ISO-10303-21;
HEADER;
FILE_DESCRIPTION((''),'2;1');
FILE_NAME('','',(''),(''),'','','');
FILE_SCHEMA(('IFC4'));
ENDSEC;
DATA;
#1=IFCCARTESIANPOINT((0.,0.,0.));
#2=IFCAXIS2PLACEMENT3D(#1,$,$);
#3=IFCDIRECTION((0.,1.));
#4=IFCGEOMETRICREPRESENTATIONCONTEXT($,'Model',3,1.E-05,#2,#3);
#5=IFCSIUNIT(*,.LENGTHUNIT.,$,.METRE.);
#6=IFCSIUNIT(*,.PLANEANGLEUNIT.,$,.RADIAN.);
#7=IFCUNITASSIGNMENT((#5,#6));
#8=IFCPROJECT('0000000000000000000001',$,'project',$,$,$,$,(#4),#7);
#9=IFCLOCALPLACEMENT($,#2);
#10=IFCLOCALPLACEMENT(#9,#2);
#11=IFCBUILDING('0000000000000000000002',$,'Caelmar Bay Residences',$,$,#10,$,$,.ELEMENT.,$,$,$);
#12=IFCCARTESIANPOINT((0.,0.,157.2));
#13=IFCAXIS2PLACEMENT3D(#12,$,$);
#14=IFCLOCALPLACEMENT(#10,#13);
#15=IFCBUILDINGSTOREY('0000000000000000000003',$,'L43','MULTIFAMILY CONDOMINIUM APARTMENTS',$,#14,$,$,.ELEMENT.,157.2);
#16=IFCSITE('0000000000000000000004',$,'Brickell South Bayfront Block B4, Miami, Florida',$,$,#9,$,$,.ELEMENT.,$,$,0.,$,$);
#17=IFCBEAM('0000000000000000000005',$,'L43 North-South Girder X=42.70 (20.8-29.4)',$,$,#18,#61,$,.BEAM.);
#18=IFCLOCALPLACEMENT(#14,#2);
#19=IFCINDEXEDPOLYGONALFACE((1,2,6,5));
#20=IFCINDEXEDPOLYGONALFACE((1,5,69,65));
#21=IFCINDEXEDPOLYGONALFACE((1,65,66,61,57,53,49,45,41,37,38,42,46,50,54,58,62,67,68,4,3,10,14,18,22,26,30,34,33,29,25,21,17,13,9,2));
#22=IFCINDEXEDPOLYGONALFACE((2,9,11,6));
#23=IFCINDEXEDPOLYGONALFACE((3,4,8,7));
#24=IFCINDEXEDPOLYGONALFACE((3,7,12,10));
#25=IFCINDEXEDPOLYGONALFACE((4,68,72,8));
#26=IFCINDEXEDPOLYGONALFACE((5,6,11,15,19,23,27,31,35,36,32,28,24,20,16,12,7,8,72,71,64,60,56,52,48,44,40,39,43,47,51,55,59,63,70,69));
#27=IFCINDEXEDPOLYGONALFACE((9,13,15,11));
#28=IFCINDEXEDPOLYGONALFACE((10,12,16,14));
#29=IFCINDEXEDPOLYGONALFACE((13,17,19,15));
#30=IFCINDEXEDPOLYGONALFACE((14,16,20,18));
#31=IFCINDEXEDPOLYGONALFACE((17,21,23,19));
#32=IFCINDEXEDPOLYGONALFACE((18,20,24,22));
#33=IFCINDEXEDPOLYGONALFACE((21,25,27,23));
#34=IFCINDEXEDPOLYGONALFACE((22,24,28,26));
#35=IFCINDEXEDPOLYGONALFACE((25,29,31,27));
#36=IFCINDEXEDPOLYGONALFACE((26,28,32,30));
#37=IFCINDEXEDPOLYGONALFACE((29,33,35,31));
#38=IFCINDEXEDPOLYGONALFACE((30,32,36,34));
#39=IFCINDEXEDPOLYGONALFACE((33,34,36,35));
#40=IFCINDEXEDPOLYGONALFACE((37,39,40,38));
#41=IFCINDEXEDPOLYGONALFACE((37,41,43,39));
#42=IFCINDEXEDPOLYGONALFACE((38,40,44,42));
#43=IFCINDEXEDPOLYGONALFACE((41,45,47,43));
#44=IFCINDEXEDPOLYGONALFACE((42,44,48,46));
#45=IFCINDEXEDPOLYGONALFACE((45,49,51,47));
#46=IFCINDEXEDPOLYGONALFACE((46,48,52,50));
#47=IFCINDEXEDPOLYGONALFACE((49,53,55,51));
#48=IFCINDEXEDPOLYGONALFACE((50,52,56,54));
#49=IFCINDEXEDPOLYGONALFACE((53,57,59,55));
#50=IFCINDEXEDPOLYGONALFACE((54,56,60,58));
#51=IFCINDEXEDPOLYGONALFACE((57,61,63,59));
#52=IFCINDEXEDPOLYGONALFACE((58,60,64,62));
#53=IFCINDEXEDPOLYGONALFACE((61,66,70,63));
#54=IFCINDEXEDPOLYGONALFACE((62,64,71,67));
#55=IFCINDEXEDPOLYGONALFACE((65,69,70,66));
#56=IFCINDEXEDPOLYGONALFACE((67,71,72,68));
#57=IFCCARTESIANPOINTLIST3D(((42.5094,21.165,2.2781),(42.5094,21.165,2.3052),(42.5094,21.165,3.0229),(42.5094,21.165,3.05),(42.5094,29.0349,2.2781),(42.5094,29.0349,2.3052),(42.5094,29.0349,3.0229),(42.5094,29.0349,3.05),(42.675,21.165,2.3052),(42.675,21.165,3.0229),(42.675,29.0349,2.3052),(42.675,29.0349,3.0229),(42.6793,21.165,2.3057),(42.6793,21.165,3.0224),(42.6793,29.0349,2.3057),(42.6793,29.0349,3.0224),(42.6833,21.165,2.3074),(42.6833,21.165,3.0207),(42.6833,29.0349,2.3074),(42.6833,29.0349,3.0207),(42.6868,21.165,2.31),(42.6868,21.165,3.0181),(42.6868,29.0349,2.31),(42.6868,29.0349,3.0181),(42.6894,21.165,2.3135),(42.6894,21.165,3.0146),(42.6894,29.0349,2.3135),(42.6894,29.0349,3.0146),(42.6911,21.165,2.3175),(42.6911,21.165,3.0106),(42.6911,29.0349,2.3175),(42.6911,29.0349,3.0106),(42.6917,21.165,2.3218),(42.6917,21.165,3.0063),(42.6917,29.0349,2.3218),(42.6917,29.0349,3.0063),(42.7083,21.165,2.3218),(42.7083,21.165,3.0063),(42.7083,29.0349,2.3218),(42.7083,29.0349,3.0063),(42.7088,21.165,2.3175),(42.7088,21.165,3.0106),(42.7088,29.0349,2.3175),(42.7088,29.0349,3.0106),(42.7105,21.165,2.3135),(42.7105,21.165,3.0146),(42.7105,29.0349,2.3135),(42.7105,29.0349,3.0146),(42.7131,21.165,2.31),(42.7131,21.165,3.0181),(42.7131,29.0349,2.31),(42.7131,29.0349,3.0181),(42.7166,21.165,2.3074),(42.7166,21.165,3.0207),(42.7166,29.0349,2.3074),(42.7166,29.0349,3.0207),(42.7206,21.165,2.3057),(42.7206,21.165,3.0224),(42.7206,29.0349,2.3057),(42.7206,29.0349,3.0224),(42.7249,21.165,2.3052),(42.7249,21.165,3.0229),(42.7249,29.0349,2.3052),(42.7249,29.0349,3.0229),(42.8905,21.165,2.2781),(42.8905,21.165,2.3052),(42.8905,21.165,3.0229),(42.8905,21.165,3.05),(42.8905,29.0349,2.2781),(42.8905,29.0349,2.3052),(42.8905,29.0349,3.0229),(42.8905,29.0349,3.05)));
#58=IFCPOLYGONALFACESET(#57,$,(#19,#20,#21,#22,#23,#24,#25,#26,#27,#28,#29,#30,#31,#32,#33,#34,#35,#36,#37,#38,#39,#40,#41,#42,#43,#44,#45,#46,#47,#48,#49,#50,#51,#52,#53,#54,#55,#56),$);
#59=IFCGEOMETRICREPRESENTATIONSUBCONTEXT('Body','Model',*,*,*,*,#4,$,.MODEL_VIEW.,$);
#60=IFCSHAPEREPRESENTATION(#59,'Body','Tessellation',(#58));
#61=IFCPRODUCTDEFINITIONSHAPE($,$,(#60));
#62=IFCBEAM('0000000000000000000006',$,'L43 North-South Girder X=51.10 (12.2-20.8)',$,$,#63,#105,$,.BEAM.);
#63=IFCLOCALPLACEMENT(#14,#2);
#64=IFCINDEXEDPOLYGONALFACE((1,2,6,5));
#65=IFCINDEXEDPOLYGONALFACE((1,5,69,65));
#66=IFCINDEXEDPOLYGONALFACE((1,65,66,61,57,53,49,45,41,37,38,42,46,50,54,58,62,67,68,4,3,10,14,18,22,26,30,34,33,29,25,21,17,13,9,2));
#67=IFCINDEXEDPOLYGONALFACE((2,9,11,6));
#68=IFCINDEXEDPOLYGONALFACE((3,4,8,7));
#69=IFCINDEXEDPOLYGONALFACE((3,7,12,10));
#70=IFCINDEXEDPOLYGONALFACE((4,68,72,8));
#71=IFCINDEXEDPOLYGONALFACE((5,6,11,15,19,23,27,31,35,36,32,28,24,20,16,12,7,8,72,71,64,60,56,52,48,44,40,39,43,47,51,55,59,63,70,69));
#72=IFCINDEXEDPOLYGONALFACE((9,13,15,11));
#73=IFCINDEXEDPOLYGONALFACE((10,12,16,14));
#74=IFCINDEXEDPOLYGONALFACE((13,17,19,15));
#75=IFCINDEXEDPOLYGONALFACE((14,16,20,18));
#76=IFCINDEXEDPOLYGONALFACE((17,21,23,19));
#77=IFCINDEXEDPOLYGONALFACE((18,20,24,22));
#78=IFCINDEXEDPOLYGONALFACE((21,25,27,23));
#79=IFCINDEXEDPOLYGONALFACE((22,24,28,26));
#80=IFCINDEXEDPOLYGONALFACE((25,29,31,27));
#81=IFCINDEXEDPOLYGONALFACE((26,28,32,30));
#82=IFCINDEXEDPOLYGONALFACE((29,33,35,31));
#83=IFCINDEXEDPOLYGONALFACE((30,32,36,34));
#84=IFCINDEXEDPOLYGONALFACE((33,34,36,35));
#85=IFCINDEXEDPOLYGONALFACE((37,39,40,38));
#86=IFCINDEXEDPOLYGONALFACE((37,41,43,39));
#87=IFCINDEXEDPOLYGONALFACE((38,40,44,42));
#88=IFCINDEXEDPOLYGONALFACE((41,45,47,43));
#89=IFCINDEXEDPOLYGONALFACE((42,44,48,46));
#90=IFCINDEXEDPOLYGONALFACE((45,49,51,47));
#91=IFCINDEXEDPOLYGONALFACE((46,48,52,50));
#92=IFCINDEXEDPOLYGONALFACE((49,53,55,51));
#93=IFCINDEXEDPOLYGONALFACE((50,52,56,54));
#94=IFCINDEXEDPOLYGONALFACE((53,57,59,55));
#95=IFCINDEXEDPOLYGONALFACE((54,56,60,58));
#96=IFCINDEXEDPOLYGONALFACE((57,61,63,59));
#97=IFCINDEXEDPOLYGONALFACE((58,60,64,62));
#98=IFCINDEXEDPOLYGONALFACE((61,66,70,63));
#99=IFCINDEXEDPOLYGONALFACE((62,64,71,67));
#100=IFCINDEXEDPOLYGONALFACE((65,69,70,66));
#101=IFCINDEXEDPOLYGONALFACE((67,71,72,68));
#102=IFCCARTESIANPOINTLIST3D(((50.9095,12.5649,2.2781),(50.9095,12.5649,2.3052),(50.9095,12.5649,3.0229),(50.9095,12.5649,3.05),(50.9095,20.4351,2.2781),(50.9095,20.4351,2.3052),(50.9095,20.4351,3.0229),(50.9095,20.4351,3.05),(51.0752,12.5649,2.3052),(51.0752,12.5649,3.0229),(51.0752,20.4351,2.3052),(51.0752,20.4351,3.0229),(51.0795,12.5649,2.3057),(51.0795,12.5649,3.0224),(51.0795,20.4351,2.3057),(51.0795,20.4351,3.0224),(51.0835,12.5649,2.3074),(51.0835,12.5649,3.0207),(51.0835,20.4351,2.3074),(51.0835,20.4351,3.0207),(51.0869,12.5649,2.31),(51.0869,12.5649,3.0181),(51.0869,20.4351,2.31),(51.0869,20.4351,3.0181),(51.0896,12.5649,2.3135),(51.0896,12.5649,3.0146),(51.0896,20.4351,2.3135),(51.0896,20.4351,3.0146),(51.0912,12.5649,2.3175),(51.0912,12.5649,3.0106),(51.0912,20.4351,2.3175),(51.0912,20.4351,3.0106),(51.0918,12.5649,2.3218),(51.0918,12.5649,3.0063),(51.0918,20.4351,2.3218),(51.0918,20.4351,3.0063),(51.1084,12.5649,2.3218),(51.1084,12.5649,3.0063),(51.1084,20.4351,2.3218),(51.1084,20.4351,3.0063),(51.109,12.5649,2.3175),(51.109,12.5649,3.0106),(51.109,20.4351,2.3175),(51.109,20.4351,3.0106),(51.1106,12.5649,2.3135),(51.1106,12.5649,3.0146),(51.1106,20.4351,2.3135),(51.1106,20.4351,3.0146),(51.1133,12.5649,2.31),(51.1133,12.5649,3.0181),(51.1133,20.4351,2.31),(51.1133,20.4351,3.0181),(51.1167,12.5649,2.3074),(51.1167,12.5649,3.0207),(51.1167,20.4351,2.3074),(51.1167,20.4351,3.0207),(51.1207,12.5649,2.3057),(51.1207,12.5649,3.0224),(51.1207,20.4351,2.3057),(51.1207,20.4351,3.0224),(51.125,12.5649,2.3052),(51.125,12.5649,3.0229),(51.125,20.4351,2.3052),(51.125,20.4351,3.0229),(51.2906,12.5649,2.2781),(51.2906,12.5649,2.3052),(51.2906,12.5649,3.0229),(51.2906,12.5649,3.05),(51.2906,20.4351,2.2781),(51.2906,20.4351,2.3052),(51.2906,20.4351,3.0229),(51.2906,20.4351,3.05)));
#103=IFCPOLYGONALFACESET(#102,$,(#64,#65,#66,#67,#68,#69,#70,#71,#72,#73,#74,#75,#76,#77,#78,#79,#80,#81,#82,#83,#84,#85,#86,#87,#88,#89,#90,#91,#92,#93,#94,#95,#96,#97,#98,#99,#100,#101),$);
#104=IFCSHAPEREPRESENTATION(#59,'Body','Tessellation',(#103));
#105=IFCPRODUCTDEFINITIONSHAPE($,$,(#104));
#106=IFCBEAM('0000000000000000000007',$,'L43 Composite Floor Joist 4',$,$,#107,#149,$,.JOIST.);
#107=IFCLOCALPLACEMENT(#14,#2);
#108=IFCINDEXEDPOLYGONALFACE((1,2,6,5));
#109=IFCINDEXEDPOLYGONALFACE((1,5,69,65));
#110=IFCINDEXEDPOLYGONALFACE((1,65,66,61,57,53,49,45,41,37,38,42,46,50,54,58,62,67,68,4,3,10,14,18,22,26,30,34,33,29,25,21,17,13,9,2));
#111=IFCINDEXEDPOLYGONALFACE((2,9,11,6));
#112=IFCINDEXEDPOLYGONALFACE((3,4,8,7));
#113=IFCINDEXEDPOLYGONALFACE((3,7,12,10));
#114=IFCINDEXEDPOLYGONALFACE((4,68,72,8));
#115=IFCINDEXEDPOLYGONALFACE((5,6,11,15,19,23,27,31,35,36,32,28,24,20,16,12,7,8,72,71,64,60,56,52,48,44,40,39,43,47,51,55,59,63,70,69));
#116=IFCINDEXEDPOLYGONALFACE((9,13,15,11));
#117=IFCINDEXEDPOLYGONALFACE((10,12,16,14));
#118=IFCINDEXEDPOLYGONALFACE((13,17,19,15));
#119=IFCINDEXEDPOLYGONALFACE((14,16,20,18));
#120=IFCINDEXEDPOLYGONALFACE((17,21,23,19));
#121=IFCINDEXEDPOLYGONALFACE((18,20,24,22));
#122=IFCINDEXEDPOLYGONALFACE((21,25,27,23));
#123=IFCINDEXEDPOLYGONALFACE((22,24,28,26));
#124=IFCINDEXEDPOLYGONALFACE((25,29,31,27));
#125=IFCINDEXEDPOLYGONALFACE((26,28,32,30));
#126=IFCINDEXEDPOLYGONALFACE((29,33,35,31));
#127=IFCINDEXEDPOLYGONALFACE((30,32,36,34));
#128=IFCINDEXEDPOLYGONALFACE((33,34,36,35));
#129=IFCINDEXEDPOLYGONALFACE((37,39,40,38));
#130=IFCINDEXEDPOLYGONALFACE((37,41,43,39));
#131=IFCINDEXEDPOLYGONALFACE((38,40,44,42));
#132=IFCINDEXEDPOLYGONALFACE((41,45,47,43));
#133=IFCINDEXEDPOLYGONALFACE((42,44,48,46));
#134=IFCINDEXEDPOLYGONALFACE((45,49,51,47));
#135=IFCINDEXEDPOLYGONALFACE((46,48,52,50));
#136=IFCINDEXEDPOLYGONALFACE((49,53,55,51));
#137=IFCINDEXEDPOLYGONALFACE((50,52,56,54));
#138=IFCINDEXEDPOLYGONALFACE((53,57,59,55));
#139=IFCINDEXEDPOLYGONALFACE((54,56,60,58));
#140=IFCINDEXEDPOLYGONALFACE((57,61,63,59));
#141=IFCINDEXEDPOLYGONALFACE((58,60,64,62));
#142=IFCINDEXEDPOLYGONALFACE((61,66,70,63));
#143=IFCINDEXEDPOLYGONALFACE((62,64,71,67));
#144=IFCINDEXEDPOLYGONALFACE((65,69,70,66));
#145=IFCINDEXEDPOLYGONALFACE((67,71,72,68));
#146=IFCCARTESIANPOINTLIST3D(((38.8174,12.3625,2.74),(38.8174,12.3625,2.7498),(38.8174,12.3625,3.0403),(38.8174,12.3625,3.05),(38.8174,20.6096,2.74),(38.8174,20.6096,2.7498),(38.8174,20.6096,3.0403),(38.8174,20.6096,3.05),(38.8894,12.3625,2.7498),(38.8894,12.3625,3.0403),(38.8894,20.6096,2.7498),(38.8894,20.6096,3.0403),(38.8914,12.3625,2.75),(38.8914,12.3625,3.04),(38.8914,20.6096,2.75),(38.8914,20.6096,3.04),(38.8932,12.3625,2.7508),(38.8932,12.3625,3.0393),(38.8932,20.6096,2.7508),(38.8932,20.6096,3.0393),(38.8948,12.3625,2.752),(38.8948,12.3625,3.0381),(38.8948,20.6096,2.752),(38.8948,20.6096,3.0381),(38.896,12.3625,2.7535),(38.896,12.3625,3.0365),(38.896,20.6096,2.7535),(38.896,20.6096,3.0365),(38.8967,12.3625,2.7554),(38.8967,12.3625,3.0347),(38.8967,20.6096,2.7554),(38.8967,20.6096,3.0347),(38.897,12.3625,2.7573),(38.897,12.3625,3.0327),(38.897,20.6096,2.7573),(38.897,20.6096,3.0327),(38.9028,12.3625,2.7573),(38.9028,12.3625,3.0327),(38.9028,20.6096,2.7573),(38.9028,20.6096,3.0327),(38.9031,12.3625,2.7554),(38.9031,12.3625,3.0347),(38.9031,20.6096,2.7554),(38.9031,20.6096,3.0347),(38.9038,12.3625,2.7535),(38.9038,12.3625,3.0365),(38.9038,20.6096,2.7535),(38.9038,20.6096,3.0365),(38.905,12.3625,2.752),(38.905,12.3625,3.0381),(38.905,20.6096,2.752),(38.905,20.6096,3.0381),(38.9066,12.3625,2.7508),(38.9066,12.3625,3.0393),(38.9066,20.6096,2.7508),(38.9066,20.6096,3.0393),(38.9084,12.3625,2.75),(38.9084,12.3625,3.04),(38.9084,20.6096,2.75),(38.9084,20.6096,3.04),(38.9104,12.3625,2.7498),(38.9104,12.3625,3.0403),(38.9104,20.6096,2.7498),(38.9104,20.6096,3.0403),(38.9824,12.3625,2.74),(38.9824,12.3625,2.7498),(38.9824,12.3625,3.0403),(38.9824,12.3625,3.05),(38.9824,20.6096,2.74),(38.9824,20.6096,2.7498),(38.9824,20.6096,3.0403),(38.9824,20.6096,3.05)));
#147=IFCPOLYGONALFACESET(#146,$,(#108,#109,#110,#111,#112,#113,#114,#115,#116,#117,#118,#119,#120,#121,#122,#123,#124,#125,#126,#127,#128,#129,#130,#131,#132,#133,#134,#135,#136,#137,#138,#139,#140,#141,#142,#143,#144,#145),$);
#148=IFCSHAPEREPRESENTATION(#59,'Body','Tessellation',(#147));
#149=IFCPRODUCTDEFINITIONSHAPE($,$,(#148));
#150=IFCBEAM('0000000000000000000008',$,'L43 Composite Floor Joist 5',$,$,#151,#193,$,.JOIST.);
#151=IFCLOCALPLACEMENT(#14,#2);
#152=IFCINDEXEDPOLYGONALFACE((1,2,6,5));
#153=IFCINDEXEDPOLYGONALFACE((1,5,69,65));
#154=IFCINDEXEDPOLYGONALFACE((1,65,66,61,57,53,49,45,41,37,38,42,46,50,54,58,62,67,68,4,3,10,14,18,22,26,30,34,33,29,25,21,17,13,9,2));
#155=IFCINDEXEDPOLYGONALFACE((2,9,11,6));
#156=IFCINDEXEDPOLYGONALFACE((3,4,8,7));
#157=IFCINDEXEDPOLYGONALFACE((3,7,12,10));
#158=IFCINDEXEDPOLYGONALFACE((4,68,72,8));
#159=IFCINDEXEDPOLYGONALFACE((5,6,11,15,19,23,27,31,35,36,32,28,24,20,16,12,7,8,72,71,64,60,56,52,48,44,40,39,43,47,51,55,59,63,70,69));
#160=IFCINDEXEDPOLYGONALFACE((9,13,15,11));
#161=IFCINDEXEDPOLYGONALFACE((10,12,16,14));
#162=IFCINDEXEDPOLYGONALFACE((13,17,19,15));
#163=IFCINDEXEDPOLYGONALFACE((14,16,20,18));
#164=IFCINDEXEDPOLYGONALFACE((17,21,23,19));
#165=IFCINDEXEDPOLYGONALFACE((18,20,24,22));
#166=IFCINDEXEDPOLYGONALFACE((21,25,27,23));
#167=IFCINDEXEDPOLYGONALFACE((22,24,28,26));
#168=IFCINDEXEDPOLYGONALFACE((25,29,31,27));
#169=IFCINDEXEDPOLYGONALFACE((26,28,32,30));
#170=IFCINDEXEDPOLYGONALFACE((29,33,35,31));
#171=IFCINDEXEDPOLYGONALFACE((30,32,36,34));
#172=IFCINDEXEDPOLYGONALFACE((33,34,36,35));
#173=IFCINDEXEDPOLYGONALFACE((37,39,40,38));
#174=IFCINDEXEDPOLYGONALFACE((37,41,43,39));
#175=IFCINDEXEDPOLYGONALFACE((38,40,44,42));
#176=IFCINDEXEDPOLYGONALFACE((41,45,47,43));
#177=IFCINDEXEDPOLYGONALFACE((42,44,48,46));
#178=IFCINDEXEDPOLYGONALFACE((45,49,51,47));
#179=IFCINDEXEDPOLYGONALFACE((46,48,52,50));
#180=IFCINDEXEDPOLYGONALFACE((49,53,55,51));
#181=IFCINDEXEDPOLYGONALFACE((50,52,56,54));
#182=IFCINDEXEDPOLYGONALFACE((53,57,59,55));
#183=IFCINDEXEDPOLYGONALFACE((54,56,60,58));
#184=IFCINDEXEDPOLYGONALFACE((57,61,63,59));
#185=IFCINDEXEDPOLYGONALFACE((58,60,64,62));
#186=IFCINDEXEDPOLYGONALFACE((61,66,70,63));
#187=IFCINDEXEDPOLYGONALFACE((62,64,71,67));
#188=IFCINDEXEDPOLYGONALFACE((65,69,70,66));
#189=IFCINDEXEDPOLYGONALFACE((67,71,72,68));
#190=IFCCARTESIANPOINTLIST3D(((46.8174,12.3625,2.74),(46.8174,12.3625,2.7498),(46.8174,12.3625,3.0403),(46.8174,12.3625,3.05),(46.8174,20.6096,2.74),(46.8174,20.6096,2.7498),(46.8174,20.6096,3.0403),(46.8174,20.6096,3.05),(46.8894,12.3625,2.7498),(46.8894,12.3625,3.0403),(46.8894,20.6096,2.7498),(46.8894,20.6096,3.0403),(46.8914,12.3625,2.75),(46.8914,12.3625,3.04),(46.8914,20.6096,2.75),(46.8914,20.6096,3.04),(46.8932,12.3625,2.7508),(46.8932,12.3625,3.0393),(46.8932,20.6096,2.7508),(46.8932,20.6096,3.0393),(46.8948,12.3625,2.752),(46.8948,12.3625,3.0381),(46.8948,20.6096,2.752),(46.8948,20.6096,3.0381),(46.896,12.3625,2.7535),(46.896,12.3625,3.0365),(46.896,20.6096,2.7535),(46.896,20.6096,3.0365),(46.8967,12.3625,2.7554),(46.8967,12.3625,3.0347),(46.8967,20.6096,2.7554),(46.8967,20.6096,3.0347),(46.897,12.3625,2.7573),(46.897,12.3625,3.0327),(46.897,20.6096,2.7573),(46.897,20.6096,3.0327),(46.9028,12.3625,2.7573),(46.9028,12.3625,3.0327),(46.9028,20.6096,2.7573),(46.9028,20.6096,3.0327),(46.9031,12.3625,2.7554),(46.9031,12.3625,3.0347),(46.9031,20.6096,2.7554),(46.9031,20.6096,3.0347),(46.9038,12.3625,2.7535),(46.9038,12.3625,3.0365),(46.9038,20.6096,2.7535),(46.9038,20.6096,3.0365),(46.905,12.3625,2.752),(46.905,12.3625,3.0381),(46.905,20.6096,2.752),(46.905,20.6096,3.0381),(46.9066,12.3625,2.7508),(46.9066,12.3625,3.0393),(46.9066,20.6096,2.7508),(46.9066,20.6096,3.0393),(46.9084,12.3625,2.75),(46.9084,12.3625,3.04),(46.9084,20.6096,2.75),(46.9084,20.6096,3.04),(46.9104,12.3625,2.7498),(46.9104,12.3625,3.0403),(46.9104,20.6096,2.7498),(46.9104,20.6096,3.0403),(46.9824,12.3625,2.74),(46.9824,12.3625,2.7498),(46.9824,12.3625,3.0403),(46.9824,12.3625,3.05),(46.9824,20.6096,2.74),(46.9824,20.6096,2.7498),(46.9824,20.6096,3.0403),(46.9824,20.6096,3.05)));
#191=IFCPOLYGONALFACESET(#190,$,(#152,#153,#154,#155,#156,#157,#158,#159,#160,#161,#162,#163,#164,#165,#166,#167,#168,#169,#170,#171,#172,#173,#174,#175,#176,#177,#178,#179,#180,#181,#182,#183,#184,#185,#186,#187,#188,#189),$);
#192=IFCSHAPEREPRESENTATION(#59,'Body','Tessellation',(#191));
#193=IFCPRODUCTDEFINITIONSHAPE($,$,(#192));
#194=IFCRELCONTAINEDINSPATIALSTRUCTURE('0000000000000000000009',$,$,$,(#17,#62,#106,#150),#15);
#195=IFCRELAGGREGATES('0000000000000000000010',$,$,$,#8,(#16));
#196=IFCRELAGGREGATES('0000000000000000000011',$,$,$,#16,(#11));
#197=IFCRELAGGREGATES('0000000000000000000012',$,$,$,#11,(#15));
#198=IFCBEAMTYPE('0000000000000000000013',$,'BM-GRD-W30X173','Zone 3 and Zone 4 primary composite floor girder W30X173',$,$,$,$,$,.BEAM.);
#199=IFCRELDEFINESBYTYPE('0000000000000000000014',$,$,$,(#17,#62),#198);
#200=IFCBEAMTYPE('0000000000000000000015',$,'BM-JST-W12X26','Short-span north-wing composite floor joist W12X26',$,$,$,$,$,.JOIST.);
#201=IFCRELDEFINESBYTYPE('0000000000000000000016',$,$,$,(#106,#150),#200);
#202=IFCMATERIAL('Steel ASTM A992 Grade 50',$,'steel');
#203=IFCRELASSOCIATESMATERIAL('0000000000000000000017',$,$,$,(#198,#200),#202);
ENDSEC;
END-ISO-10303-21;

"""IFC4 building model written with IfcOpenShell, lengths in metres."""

from ifc_helpers import new_model, si_unit, direction, frame, origin, origin_2d, place, context, subcontext, project, spatial, i_section, extrude, material, material_profile, profile_set, type_object, element, save


model = new_model("IFC4")

# Units and contexts
model_context = context("Model", 3, precision=1e-05, world=origin(), true_north=direction((0.0, 1.0)))
body_context = subcontext(model_context, "Body", "Model", "MODEL_VIEW")
ifc_project = project(units=[si_unit("LENGTHUNIT", "METRE"), si_unit("PLANEANGLEUNIT", "RADIAN")], contexts=[model_context])

# Site, building, storey
site_placement = place(None, origin())
site = spatial("IfcSite", under=ifc_project, at=site_placement, Name="Brickell South Bayfront Block B4, Miami, Florida", CompositionType="ELEMENT", RefElevation=0.0)
building_placement = place(site_placement, origin())
building = spatial("IfcBuilding", under=site, at=building_placement, Name="Caelmar Bay Residences", CompositionType="ELEMENT")
storey_placement = place(building_placement, frame((0.0, 0.0, 157.2)))
storey = spatial("IfcBuildingStorey", under=building, at=storey_placement, Name="L43", Description="MULTIFAMILY CONDOMINIUM APARTMENTS", CompositionType="ELEMENT", Elevation=157.2)

# Beams
ifc_material_1 = material(Name="Steel ASTM A992 Grade 50", Category="steel")
ifc_material_profile_1 = material_profile(ifc_material_1, i_section(OverallWidth=0.3811, OverallDepth=0.772, WebThickness=0.0166, FlangeThickness=0.0271, FilletRadius=0.0166, at=origin_2d()), Name="W30X173")
ifc_profile_set_1 = profile_set([ifc_material_profile_1], Name="Steel ASTM A992 Grade 50")
beam_type_1 = type_object("IfcBeamType", Name="BM-GRD-W30X173", Description="Zone 3 and Zone 4 primary composite floor girder W30X173", PredefinedType="BEAM", material=ifc_profile_set_1)
beam_1_placement = place(storey_placement, frame((42.7, 21.165, 2.6641), z_axis=(0.0, 1.0, 0.0), x_axis=(-1.0, 0.0, 0.0)))
element("IfcBeam", 1, at=beam_1_placement, inside=storey, type_object=beam_type_1, Name="L43 North-South Girder X=42.70 (20.8-29.4)", PredefinedType="BEAM", context=body_context, shape_type="SweptSolid", body=[
    extrude(i_section(OverallWidth=0.3811, OverallDepth=0.772, WebThickness=0.0166, FlangeThickness=0.0271, FilletRadius=0.0166, at=origin_2d()), origin(), (0.0, 0.0, 1.0), 7.8699),
])
beam_2_placement = place(storey_placement, frame((51.1001, 12.5649, 2.6641), z_axis=(0.0, 1.0, 0.0), x_axis=(-1.0, 0.0, 0.0)))
element("IfcBeam", 2, at=beam_2_placement, inside=storey, type_object=beam_type_1, Name="L43 North-South Girder X=51.10 (12.2-20.8)", PredefinedType="BEAM", context=body_context, shape_type="SweptSolid", body=[
    extrude(i_section(OverallWidth=0.3811, OverallDepth=0.772, WebThickness=0.0166, FlangeThickness=0.0271, FilletRadius=0.0166, at=origin_2d()), origin(), (0.0, 0.0, 1.0), 7.8701),
])
ifc_material_profile_2 = material_profile(ifc_material_1, i_section(OverallWidth=0.165, OverallDepth=0.3101, WebThickness=0.0059, FlangeThickness=0.0098, FilletRadius=0.0076, at=origin_2d()), Name="W12X26")
ifc_profile_set_2 = profile_set([ifc_material_profile_2], Name="Steel ASTM A992 Grade 50")
beam_type_2 = type_object("IfcBeamType", Name="BM-JST-W12X26", Description="Short-span north-wing composite floor joist W12X26", PredefinedType="JOIST", material=ifc_profile_set_2)
for number, where, z_axis, x_axis, name in (
    (3, (38.8999, 12.3625, 2.895), (0.0, 1.0, 0.0), (-1.0, 0.0, 0.0), "L43 Composite Floor Joist 4"),
    (4, (46.8999, 12.3625, 2.895), (0.0, 1.0, 0.0), (-1.0, 0.0, 0.0), "L43 Composite Floor Joist 5"),
):
    element("IfcBeam", number, at=place(storey_placement, frame(where, z_axis=z_axis, x_axis=x_axis)), inside=storey, type_object=beam_type_2, Name=name, PredefinedType="JOIST", context=body_context, shape_type="SweptSolid", body=[
        extrude(i_section(OverallWidth=0.165, OverallDepth=0.3101, WebThickness=0.0059, FlangeThickness=0.0098, FilletRadius=0.0076, at=origin_2d()), origin(), (0.0, 0.0, 1.0), 8.2471),
    ])

save(model, "model.ifc")
